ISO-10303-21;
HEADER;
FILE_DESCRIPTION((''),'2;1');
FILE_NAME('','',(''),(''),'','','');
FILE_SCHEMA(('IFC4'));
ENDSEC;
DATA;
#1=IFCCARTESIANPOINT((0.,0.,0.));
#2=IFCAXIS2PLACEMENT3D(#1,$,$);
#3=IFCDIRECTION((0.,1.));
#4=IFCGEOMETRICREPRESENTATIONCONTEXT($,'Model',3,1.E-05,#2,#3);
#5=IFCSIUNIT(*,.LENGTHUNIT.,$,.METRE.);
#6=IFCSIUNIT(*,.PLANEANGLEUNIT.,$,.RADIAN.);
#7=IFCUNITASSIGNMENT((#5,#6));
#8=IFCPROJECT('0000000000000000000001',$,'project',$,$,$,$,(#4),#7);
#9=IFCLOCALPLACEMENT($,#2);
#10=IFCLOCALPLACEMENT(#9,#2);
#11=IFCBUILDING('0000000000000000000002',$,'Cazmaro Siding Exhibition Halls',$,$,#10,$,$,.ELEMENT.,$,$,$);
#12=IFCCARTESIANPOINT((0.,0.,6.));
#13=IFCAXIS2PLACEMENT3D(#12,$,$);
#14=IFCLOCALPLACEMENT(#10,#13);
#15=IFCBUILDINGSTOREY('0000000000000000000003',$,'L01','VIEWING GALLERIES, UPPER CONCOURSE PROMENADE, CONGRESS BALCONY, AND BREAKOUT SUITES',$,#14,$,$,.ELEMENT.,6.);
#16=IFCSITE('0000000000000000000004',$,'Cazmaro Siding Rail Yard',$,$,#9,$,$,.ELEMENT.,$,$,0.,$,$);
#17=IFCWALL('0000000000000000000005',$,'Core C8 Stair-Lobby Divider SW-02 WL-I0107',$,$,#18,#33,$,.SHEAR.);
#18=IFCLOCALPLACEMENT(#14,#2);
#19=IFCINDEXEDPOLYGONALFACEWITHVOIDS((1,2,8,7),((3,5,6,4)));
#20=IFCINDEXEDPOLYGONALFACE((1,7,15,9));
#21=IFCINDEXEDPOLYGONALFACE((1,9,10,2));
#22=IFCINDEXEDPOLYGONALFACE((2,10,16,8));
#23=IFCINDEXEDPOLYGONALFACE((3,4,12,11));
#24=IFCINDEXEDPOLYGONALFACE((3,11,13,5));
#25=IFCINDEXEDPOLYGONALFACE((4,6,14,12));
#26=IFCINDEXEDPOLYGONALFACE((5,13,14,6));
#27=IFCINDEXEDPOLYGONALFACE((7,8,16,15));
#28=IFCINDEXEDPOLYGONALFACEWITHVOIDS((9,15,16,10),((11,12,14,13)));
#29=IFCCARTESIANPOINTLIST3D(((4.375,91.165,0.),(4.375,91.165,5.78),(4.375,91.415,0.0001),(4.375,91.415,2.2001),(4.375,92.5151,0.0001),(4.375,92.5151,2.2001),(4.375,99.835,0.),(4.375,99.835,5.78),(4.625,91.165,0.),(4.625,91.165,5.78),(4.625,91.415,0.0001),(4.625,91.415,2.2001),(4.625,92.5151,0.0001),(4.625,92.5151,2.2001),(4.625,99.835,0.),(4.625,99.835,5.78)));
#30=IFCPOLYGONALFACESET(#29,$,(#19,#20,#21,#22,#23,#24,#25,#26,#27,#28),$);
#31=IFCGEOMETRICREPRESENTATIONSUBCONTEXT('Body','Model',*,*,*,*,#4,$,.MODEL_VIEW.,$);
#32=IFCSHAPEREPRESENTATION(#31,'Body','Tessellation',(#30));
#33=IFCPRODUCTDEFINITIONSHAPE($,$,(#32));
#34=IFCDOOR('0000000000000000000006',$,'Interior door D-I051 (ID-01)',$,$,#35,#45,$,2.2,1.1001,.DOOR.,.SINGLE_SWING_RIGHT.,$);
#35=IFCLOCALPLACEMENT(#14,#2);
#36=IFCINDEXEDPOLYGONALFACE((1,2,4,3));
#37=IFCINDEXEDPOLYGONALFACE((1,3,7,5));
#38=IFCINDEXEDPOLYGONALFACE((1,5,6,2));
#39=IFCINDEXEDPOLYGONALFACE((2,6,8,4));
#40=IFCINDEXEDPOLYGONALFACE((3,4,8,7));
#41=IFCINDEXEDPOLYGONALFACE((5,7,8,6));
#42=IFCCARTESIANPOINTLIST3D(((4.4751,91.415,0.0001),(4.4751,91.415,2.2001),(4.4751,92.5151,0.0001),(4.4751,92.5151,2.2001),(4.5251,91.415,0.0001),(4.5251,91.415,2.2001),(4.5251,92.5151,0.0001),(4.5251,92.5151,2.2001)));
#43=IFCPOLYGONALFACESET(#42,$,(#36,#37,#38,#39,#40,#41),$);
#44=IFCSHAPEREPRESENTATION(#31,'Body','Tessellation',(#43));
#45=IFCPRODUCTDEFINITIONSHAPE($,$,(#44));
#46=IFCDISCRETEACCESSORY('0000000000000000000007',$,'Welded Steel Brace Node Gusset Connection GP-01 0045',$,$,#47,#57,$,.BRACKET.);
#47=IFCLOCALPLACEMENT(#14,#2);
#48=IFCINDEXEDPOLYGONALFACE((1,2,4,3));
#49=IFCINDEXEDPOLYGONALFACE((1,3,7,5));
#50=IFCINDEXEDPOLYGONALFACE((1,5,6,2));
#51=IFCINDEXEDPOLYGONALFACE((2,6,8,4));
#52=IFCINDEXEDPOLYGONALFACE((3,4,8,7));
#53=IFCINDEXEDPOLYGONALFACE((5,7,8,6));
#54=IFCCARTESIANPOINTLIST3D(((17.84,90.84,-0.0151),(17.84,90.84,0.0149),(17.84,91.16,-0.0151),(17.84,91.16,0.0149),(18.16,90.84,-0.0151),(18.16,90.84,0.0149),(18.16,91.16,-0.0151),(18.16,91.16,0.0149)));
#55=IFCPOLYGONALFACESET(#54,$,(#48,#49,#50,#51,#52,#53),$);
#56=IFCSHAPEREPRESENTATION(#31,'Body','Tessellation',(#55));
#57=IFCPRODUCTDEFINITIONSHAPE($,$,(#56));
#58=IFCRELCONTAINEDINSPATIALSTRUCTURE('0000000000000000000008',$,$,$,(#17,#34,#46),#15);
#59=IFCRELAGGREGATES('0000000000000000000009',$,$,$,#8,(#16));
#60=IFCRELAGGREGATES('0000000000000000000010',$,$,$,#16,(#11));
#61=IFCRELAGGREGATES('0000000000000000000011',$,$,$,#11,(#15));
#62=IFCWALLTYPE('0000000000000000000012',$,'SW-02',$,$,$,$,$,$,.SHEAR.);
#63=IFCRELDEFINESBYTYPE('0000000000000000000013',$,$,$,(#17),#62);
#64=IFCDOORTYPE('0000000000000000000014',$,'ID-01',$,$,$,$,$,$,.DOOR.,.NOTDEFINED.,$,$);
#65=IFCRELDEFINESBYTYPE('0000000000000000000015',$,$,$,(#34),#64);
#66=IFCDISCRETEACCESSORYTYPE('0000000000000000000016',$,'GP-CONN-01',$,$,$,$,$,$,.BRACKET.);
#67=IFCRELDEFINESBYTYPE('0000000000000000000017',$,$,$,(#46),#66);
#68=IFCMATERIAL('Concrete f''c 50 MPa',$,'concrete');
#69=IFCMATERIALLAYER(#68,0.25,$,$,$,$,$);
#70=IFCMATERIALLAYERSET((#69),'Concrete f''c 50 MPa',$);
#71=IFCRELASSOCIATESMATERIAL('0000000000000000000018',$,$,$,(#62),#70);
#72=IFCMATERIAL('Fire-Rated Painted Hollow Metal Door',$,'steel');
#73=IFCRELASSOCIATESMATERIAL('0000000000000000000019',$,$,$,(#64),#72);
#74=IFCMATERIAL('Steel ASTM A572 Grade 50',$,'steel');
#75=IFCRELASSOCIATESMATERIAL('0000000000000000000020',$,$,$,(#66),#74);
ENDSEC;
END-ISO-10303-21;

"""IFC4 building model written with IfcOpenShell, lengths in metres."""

from ifc_helpers import new_model, si_unit, direction, frame, frame_2d, origin, origin_2d, place, context, subcontext, project, spatial, rectangle, extrude, material, layer, layer_set, type_object, element, fill, save


model = new_model("IFC4")

# Units and contexts
model_context = context("Model", 3, precision=1e-05, world=origin(), true_north=direction((0.0, 1.0)))
body_context = subcontext(model_context, "Body", "Model", "MODEL_VIEW")
ifc_project = project(units=[si_unit("LENGTHUNIT", "METRE"), si_unit("PLANEANGLEUNIT", "RADIAN")], contexts=[model_context])

# Site, building, storey
site_placement = place(None, origin())
site = spatial("IfcSite", under=ifc_project, at=site_placement, Name="Cazmaro Siding Rail Yard", CompositionType="ELEMENT", RefElevation=0.0)
building_placement = place(site_placement, origin())
building = spatial("IfcBuilding", under=site, at=building_placement, Name="Cazmaro Siding Exhibition Halls", CompositionType="ELEMENT")
storey_placement = place(building_placement, frame((0.0, 0.0, 6.0)))
storey = spatial("IfcBuildingStorey", under=building, at=storey_placement, Name="L01", Description="VIEWING GALLERIES, UPPER CONCOURSE PROMENADE, CONGRESS BALCONY, AND BREAKOUT SUITES", CompositionType="ELEMENT", Elevation=6.0)

# Wall, opening, door
ifc_material_1 = material(Name="Concrete f'c 50 MPa", Category="concrete")
ifc_layer_1 = layer(ifc_material_1, 0.25)
ifc_layer_set_1 = layer_set([ifc_layer_1], Name="Concrete f'c 50 MPa")
wall_type_1 = type_object("IfcWallType", Name="SW-02", PredefinedType="SHEAR", material=ifc_layer_set_1)
wall_1_placement = place(storey_placement, frame((4.5, 91.165, 0.0), z_axis=(0.0, 0.0, 1.0), x_axis=(0.0, 1.0, 0.0)))
wall_1 = element("IfcWall", 1, at=wall_1_placement, inside=storey, type_object=wall_type_1, Name="Core C8 Stair-Lobby Divider SW-02 WL-I0107", PredefinedType="SHEAR", context=body_context, shape_type="SweptSolid", body=[
    extrude(rectangle(XDim=8.6699, YDim=0.25, at=frame_2d((4.335, 0.0))), origin(), (0.0, 0.0, 1.0), 5.78),
])
opening_1_placement = place(wall_1_placement, frame((0.25, 0.0, 0.0)))
opening_1 = element("IfcOpeningElement", 2, at=opening_1_placement, cuts=wall_1, PredefinedType="OPENING", context=body_context, shape_type="SweptSolid", body=[
    extrude(rectangle(XDim=1.1001, YDim=2.2, at=frame_2d((0.55, 1.1001))), frame((0.0, 0.135, 0.0), z_axis=(0.0, -1.0, 0.0), x_axis=(1.0, 0.0, 0.0)), (0.0, 0.0, 1.0), 0.27),
])
ifc_material_2 = material(Name="Fire-Rated Painted Hollow Metal Door", Category="steel")
door_type_1 = type_object("IfcDoorType", Name="ID-01", OperationType="NOTDEFINED", PredefinedType="DOOR", material=ifc_material_2)
door_1_placement = place(opening_1_placement, origin())
door_1 = element("IfcDoor", 3, at=door_1_placement, inside=storey, type_object=door_type_1, Name="Interior door D-I051 (ID-01)", OperationType="SINGLE_SWING_RIGHT", OverallHeight=2.2, OverallWidth=1.1001, PredefinedType="DOOR", context=body_context, shape_type="SweptSolid", body=[
    extrude(rectangle(XDim=1.1001, YDim=2.2, at=frame_2d((0.55, 1.1001))), frame((0.0, 0.0249, 0.0), z_axis=(0.0, -1.0, 0.0), x_axis=(1.0, 0.0, 0.0)), (0.0, 0.0, 1.0), 0.05),
])
fill(opening_1, door_1)

# Discrete accessory
ifc_material_3 = material(Name="Steel ASTM A572 Grade 50", Category="steel")
discrete_accessory_type = type_object("IfcDiscreteAccessoryType", Name="GP-CONN-01", PredefinedType="BRACKET", material=ifc_material_3)
discrete_accessory_placement = place(storey_placement, frame((18.0, 91.0, -0.0151), z_axis=(0.0, 0.0, 1.0), x_axis=(1.0, 0.0, 0.0)))
element("IfcDiscreteAccessory", 4, at=discrete_accessory_placement, inside=storey, type_object=discrete_accessory_type, Name="Welded Steel Brace Node Gusset Connection GP-01 0045", PredefinedType="BRACKET", context=body_context, shape_type="SweptSolid", body=[
    extrude(rectangle(XDim=0.3201, YDim=0.3201, at=origin_2d()), origin(), (0.0, 0.0, 1.0), 0.03),
])

save(model, "model.ifc")
